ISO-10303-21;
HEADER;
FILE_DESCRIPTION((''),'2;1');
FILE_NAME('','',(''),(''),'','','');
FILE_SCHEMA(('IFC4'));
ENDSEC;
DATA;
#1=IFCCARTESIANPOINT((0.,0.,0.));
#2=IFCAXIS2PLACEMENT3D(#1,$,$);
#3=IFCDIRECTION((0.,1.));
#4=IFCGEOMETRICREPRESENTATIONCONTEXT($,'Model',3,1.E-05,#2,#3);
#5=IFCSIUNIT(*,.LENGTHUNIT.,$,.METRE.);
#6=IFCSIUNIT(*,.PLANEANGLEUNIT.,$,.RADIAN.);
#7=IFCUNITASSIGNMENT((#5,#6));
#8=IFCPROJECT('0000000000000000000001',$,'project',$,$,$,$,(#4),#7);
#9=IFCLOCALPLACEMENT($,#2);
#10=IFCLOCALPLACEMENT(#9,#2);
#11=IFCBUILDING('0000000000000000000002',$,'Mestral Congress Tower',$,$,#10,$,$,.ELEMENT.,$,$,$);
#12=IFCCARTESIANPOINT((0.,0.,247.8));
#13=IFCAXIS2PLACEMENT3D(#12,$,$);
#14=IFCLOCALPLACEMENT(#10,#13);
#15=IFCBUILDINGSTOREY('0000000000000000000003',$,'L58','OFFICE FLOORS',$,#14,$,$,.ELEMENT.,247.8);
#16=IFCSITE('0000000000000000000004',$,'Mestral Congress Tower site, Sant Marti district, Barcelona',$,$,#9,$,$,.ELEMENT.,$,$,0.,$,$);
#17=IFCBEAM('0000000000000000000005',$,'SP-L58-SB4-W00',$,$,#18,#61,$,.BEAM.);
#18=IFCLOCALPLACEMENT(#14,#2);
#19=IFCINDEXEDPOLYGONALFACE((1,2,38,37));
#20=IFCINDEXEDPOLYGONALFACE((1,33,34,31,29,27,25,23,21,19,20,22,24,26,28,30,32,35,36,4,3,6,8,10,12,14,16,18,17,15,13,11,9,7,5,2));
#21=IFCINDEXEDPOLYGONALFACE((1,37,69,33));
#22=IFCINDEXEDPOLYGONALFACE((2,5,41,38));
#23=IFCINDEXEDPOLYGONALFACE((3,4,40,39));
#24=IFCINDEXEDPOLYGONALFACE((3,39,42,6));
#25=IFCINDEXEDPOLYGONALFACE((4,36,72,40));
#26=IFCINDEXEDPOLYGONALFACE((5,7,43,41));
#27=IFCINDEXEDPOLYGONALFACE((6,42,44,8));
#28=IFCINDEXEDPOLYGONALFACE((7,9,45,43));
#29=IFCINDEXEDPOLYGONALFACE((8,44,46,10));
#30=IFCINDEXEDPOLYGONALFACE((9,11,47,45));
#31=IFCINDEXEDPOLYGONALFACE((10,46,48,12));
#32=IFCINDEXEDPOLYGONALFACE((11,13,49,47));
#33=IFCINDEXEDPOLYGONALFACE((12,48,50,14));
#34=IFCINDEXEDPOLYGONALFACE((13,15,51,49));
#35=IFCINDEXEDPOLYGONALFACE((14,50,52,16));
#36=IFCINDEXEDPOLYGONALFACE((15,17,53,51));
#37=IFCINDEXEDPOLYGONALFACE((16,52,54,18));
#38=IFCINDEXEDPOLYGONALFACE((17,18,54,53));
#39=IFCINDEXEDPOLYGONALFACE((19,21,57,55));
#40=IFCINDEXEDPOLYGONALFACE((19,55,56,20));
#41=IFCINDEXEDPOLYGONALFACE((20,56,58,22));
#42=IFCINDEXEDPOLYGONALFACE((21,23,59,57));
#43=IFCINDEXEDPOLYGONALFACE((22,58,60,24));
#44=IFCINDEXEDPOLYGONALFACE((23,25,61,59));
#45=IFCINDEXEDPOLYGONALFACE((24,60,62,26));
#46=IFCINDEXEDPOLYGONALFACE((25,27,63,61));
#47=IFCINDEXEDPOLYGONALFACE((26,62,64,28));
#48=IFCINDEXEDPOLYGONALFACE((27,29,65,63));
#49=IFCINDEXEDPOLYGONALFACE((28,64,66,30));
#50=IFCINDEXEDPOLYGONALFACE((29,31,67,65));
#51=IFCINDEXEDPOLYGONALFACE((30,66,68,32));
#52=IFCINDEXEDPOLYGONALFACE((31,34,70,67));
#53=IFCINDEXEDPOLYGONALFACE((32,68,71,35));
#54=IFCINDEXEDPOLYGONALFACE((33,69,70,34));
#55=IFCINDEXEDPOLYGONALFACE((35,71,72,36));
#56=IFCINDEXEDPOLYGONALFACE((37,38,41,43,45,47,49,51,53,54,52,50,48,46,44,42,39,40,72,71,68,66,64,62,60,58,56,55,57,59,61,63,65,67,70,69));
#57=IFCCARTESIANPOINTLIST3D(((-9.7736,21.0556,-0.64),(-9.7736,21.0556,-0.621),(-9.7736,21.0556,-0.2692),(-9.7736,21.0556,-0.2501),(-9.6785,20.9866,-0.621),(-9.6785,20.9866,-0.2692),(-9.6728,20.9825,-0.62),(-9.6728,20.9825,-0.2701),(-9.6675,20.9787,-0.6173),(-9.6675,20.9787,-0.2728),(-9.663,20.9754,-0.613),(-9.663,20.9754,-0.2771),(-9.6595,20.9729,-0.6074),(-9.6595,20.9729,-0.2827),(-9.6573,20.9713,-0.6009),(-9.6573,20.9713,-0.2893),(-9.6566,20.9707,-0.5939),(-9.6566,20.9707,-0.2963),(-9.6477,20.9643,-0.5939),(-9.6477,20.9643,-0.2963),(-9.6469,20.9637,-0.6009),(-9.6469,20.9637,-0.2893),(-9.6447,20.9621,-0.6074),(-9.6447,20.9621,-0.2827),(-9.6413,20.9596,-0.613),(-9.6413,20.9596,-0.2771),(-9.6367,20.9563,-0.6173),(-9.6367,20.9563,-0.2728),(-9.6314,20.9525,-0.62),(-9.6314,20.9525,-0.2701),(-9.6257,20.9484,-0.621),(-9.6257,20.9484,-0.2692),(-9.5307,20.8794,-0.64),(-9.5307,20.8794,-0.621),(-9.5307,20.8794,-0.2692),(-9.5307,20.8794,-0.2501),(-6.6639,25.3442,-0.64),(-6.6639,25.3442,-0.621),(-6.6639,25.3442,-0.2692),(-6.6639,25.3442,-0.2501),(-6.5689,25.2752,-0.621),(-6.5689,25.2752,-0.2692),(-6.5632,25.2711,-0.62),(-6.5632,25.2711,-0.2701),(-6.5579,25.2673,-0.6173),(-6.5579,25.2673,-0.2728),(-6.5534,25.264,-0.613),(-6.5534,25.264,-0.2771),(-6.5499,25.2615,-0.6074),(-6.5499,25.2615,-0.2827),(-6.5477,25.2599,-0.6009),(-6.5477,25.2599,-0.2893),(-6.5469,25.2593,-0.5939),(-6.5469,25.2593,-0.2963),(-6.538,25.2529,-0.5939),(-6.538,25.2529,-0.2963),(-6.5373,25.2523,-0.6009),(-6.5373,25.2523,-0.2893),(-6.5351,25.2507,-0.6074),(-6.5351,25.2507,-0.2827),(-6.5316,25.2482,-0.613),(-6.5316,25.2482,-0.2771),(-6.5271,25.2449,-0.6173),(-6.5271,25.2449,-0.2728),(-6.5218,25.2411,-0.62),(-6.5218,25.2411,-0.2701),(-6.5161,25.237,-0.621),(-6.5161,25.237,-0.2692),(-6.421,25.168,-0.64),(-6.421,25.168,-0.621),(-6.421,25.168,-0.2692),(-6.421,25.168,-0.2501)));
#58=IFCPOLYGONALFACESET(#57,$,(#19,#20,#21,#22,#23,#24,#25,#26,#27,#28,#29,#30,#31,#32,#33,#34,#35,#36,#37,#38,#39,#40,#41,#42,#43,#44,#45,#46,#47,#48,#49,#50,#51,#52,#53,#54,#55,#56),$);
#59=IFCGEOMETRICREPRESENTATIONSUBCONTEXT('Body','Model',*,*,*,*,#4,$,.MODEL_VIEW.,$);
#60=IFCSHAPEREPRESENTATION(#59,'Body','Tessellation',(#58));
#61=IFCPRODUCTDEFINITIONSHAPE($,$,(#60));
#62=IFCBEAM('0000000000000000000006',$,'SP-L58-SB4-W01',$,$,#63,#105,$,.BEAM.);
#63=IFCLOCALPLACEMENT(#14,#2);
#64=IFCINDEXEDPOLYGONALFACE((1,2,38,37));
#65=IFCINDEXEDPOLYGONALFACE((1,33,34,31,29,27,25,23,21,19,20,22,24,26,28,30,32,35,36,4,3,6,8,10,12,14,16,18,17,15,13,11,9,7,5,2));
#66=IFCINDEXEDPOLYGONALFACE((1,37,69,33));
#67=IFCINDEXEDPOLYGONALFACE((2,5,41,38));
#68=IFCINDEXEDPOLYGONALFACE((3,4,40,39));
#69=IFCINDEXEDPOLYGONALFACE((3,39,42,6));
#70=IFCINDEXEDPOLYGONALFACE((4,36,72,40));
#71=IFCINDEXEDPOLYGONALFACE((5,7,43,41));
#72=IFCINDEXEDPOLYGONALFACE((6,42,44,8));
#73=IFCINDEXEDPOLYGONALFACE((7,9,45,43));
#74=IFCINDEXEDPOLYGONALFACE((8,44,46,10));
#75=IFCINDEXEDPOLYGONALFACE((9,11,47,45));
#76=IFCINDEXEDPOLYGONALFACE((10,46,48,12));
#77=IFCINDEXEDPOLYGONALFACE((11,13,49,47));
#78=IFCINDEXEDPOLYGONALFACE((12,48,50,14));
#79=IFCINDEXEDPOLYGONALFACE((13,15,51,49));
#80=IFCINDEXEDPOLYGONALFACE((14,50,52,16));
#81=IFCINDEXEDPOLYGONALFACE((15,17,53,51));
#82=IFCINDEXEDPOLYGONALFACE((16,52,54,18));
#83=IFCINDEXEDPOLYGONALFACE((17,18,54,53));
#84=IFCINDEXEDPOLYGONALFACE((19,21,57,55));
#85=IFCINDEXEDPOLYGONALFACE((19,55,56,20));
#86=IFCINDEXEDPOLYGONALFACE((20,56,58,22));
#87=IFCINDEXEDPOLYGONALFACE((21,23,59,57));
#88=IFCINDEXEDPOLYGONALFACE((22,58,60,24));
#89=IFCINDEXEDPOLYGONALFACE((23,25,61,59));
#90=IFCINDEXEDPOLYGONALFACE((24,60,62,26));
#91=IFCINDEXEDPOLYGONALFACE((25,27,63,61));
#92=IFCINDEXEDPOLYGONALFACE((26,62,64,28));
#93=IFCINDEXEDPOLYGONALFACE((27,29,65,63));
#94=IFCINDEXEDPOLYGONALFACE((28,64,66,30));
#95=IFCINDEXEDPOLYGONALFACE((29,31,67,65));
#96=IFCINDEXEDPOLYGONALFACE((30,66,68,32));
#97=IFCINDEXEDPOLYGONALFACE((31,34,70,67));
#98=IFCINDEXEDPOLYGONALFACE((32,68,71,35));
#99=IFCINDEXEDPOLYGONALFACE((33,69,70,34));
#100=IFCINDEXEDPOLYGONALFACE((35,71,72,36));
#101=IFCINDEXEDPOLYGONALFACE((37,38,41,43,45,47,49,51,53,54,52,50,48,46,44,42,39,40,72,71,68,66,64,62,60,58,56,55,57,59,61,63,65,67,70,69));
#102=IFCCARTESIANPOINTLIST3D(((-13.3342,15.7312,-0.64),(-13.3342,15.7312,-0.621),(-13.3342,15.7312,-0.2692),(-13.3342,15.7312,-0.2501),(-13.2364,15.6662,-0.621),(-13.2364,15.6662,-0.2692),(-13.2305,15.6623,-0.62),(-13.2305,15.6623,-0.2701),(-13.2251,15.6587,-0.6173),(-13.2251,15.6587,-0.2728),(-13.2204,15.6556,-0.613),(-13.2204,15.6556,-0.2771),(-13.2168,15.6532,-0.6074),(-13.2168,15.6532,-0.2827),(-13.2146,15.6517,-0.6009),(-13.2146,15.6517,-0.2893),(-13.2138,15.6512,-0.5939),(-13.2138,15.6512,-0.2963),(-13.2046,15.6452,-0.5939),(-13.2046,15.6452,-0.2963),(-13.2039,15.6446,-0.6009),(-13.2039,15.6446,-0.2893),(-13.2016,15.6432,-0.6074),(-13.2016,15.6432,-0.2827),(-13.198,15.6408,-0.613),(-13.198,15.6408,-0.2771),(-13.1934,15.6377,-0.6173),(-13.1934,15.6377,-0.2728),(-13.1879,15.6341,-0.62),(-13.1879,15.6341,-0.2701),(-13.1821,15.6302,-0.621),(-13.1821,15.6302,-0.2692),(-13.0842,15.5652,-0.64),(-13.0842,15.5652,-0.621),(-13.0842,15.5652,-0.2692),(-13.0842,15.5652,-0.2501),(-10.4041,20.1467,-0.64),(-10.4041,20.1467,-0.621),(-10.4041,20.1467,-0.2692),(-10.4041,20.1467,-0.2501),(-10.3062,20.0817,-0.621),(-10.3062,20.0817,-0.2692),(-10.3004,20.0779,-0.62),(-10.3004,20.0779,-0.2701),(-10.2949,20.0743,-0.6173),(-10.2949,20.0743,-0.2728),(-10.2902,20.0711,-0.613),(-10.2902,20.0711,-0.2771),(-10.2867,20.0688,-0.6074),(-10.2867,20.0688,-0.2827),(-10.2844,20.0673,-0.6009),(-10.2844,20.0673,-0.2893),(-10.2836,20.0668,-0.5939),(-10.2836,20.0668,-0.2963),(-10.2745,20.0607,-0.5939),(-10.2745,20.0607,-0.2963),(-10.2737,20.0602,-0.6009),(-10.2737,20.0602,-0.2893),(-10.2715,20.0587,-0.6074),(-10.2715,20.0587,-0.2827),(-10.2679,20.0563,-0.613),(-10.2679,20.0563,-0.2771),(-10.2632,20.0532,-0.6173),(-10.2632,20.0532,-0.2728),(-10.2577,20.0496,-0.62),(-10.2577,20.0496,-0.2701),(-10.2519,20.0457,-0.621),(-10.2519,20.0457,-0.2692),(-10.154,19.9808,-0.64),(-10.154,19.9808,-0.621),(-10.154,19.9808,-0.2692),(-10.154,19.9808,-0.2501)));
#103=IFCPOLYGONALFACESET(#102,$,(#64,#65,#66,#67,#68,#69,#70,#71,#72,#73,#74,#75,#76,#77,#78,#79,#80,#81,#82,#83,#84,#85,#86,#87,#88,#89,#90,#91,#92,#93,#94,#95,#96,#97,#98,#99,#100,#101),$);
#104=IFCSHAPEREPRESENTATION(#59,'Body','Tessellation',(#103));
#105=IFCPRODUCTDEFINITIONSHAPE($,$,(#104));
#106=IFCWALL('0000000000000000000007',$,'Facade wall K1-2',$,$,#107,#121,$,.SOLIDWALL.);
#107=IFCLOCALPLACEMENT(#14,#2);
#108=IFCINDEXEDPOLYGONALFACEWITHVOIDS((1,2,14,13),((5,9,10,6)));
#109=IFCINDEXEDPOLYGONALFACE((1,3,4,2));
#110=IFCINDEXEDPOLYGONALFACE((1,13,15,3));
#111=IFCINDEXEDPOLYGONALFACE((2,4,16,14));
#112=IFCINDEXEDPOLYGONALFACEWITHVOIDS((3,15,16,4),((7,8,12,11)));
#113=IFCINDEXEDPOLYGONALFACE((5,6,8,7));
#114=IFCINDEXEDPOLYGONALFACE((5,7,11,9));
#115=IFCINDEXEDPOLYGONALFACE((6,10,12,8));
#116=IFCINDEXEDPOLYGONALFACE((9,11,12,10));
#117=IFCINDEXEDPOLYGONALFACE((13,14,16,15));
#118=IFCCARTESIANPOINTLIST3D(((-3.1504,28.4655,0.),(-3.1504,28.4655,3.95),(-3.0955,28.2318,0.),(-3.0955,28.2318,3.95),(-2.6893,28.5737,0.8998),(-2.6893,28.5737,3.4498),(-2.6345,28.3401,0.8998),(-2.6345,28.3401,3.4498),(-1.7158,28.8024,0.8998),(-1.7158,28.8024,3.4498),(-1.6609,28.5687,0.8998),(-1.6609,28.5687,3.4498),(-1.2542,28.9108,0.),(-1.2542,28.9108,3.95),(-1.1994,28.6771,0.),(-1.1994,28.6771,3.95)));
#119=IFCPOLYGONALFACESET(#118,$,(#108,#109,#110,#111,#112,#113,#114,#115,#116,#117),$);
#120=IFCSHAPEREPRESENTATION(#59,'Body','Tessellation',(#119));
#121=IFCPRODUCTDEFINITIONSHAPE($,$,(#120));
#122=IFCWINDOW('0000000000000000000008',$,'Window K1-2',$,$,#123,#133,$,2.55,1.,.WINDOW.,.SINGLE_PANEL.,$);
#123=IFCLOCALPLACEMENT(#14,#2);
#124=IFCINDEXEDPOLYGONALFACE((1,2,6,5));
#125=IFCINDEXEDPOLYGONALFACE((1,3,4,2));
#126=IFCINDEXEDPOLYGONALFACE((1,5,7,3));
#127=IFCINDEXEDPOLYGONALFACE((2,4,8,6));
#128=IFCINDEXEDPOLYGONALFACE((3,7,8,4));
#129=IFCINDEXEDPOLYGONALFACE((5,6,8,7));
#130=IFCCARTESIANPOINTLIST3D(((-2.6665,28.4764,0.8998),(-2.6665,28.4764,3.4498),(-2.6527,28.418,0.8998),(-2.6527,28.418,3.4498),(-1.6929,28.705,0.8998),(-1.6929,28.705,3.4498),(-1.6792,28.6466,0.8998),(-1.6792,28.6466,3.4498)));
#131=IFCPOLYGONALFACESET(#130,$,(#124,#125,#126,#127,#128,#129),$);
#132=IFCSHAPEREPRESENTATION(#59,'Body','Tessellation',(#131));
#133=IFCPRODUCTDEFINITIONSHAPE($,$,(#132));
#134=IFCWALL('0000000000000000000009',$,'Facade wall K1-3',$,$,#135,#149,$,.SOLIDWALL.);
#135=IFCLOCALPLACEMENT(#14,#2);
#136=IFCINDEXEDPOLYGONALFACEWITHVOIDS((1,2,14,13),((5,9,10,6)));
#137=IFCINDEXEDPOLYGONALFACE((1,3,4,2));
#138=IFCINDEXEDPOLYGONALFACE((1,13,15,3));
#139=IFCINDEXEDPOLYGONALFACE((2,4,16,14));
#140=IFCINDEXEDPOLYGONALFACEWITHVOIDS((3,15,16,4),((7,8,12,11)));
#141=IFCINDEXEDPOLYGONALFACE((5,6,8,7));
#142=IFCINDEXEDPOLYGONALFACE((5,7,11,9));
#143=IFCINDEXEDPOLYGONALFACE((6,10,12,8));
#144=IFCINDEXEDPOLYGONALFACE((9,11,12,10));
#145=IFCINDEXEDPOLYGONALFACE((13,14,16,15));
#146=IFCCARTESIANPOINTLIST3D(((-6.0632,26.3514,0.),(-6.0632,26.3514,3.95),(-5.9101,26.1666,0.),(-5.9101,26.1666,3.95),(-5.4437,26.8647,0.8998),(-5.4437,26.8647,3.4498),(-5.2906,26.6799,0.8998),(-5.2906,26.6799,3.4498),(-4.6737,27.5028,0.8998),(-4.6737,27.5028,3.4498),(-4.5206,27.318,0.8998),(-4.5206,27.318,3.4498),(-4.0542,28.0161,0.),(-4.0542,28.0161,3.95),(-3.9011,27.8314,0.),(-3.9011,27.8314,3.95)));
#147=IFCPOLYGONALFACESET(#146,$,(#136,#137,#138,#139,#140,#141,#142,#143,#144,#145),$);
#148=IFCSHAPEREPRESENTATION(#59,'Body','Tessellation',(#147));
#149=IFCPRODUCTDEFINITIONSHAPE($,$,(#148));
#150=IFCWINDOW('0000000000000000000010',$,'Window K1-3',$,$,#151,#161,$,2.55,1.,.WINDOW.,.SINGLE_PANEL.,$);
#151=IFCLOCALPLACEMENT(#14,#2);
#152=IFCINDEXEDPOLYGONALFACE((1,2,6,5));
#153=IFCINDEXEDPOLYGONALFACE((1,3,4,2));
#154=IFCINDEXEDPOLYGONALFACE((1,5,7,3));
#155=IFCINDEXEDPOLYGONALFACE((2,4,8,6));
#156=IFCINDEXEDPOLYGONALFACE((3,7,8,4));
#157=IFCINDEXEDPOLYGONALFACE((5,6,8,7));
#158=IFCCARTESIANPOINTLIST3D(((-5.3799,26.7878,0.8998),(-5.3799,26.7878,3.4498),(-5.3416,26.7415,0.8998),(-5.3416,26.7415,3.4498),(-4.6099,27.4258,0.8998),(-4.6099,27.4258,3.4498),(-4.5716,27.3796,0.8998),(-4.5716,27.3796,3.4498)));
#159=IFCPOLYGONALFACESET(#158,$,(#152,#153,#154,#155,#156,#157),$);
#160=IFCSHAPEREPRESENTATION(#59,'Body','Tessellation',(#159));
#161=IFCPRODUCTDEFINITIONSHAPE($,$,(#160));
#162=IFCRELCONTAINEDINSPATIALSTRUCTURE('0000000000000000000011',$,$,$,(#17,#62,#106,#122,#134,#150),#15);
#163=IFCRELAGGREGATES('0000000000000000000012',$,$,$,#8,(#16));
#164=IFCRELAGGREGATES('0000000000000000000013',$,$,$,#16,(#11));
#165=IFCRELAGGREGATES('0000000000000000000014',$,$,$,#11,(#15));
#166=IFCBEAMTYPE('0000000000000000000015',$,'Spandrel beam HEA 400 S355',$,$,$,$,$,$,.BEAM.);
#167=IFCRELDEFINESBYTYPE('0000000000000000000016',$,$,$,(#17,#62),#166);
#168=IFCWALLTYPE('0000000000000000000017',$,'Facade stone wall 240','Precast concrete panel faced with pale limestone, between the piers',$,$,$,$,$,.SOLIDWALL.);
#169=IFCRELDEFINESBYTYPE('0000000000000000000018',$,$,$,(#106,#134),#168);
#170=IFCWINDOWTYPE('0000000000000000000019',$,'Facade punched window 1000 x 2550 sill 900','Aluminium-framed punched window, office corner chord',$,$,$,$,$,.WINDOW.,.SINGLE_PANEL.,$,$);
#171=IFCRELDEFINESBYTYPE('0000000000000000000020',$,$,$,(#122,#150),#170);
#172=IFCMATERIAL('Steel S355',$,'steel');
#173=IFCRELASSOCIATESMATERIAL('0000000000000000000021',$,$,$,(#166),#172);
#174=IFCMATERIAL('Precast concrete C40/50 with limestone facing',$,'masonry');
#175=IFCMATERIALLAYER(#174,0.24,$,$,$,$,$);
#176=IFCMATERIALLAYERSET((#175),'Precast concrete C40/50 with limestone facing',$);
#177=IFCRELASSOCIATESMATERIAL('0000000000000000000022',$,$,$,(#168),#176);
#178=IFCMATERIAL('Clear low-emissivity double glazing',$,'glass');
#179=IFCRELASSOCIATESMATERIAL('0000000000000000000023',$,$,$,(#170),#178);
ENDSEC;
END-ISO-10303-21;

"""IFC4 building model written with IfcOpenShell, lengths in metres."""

from ifc_helpers import new_model, si_unit, direction, frame, frame_2d, origin, origin_2d, place, context, subcontext, project, spatial, rectangle, i_section, extrude, material, layer, layer_set, material_profile, profile_set, type_object, element, fill, save


model = new_model("IFC4")

# Units and contexts
model_context = context("Model", 3, precision=1e-05, world=origin(), true_north=direction((0.0, 1.0)))
body_context = subcontext(model_context, "Body", "Model", "MODEL_VIEW")
ifc_project = project(units=[si_unit("LENGTHUNIT", "METRE"), si_unit("PLANEANGLEUNIT", "RADIAN")], contexts=[model_context])

# Site, building, storey
site_placement = place(None, origin())
site = spatial("IfcSite", under=ifc_project, at=site_placement, Name="Mestral Congress Tower site, Sant Marti district, Barcelona", CompositionType="ELEMENT", RefElevation=0.0)
building_placement = place(site_placement, origin())
building = spatial("IfcBuilding", under=site, at=building_placement, Name="Mestral Congress Tower", CompositionType="ELEMENT")
storey_placement = place(building_placement, frame((0.0, 0.0, 247.8)))
storey = spatial("IfcBuildingStorey", under=building, at=storey_placement, Name="L58", Description="OFFICE FLOORS", CompositionType="ELEMENT", Elevation=247.8)

# Beams
ifc_material_1 = material(Name="Steel S355", Category="steel")
ifc_material_profile_1 = material_profile(ifc_material_1, i_section(OverallWidth=0.3, OverallDepth=0.3899, WebThickness=0.011, FlangeThickness=0.019, FilletRadius=0.0271, at=origin_2d()), Name="HEA 400")
ifc_profile_set_1 = profile_set([ifc_material_profile_1], Name="Steel S355")
beam_type_1 = type_object("IfcBeamType", Name="Spandrel beam HEA 400 S355", PredefinedType="BEAM", material=ifc_profile_set_1)
beam_1_placement = place(storey_placement, frame((-6.5425, 25.2561, -0.4451), z_axis=(-0.587017, -0.809574, 0.0), x_axis=(0.809574, -0.587017, 0.0)))
element("IfcBeam", 1, at=beam_1_placement, inside=storey, type_object=beam_type_1, Name="SP-L58-SB4-W00", PredefinedType="BEAM", context=body_context, shape_type="SweptSolid", body=[
    extrude(i_section(OverallWidth=0.3, OverallDepth=0.3899, WebThickness=0.011, FlangeThickness=0.019, FilletRadius=0.0271, at=origin_2d()), origin(), (0.0, 0.0, 1.0), 5.2974),
])
beam_2_placement = place(storey_placement, frame((-10.2791, 20.0637, -0.4451), z_axis=(-0.552934, -0.833225, 0.0), x_axis=(0.833225, -0.552934, 0.0)))
element("IfcBeam", 2, at=beam_2_placement, inside=storey, type_object=beam_type_1, Name="SP-L58-SB4-W01", PredefinedType="BEAM", context=body_context, shape_type="SweptSolid", body=[
    extrude(i_section(OverallWidth=0.3, OverallDepth=0.3899, WebThickness=0.011, FlangeThickness=0.019, FilletRadius=0.0271, at=origin_2d()), origin(), (0.0, 0.0, 1.0), 5.2993),
])

# Walls, openings, windows
ifc_material_2 = material(Name="Precast concrete C40/50 with limestone facing", Category="masonry")
ifc_layer_1 = layer(ifc_material_2, 0.24)
ifc_layer_set_1 = layer_set([ifc_layer_1], Name="Precast concrete C40/50 with limestone facing")
wall_type_1 = type_object("IfcWallType", Name="Facade stone wall 240", Description="Precast concrete panel faced with pale limestone, between the piers", PredefinedType="SOLIDWALL", material=ifc_layer_set_1)
wall_1_placement = place(storey_placement, frame((-1.2268, 28.7939, 0.0), z_axis=(0.0, 0.0, 1.0), x_axis=(-0.973516, -0.22862, 0.0)))
wall_1 = element("IfcWall", 3, at=wall_1_placement, inside=storey, type_object=wall_type_1, Name="Facade wall K1-2", PredefinedType="SOLIDWALL", context=body_context, shape_type="SweptSolid", body=[
    extrude(rectangle(XDim=1.9478, YDim=0.24, at=frame_2d((0.9739, 0.0))), origin(), (0.0, 0.0, 1.0), 3.95),
])
opening_1_placement = place(wall_1_placement, frame((0.4741, 0.0, 0.8999)))
opening_1 = element("IfcOpeningElement", 4, at=opening_1_placement, cuts=wall_1, PredefinedType="OPENING", context=body_context, shape_type="SweptSolid", body=[
    extrude(rectangle(XDim=1.0, YDim=2.55, at=frame_2d((0.5, 1.2749))), frame((0.0, 0.1299, 0.0), z_axis=(0.0, -1.0, 0.0), x_axis=(1.0, 0.0, 0.0)), (0.0, 0.0, 1.0), 0.26),
])
ifc_material_3 = material(Name="Clear low-emissivity double glazing", Category="glass")
window_type_1 = type_object("IfcWindowType", Name="Facade punched window 1000 x 2550 sill 900", Description="Aluminium-framed punched window, office corner chord", PartitioningType="SINGLE_PANEL", PredefinedType="WINDOW", material=ifc_material_3)
window_1_placement = place(opening_1_placement, origin())
window_1 = element("IfcWindow", 5, at=window_1_placement, inside=storey, type_object=window_type_1, Name="Window K1-2", OverallHeight=2.55, OverallWidth=1.0, PartitioningType="SINGLE_PANEL", PredefinedType="WINDOW", context=body_context, shape_type="SweptSolid", body=[
    extrude(rectangle(XDim=1.0, YDim=2.55, at=frame_2d((0.5, 1.2749))), frame((0.0, 0.04, 0.0), z_axis=(0.0, -1.0, 0.0), x_axis=(1.0, 0.0, 0.0)), (0.0, 0.0, 1.0), 0.0601),
])
fill(opening_1, window_1)
wall_2_placement = place(storey_placement, frame((-3.9775, 27.9238, 0.0), z_axis=(0.0, 0.0, 1.0), x_axis=(-0.76999, -0.638056, 0.0)))
wall_2 = element("IfcWall", 6, at=wall_2_placement, inside=storey, type_object=wall_type_1, Name="Facade wall K1-3", PredefinedType="SOLIDWALL", context=body_context, shape_type="SweptSolid", body=[
    extrude(rectangle(XDim=2.6091, YDim=0.24, at=frame_2d((1.3047, 0.0))), origin(), (0.0, 0.0, 1.0), 3.95),
])
opening_2_placement = place(wall_2_placement, frame((0.8047, 0.0, 0.8999)))
opening_2 = element("IfcOpeningElement", 7, at=opening_2_placement, cuts=wall_2, PredefinedType="OPENING", context=body_context, shape_type="SweptSolid", body=[
    extrude(rectangle(XDim=1.0, YDim=2.55, at=frame_2d((0.5, 1.2749))), frame((0.0, 0.1299, 0.0), z_axis=(0.0, -1.0, 0.0), x_axis=(1.0, 0.0, 0.0)), (0.0, 0.0, 1.0), 0.26),
])
window_2_placement = place(opening_2_placement, origin())
window_2 = element("IfcWindow", 8, at=window_2_placement, inside=storey, type_object=window_type_1, Name="Window K1-3", OverallHeight=2.55, OverallWidth=1.0, PartitioningType="SINGLE_PANEL", PredefinedType="WINDOW", context=body_context, shape_type="SweptSolid", body=[
    extrude(rectangle(XDim=1.0, YDim=2.55, at=frame_2d((0.5, 1.2749))), frame((0.0, 0.04, 0.0), z_axis=(0.0, -1.0, 0.0), x_axis=(1.0, 0.0, 0.0)), (0.0, 0.0, 1.0), 0.0601),
])
fill(opening_2, window_2)

save(model, "model.ifc")
